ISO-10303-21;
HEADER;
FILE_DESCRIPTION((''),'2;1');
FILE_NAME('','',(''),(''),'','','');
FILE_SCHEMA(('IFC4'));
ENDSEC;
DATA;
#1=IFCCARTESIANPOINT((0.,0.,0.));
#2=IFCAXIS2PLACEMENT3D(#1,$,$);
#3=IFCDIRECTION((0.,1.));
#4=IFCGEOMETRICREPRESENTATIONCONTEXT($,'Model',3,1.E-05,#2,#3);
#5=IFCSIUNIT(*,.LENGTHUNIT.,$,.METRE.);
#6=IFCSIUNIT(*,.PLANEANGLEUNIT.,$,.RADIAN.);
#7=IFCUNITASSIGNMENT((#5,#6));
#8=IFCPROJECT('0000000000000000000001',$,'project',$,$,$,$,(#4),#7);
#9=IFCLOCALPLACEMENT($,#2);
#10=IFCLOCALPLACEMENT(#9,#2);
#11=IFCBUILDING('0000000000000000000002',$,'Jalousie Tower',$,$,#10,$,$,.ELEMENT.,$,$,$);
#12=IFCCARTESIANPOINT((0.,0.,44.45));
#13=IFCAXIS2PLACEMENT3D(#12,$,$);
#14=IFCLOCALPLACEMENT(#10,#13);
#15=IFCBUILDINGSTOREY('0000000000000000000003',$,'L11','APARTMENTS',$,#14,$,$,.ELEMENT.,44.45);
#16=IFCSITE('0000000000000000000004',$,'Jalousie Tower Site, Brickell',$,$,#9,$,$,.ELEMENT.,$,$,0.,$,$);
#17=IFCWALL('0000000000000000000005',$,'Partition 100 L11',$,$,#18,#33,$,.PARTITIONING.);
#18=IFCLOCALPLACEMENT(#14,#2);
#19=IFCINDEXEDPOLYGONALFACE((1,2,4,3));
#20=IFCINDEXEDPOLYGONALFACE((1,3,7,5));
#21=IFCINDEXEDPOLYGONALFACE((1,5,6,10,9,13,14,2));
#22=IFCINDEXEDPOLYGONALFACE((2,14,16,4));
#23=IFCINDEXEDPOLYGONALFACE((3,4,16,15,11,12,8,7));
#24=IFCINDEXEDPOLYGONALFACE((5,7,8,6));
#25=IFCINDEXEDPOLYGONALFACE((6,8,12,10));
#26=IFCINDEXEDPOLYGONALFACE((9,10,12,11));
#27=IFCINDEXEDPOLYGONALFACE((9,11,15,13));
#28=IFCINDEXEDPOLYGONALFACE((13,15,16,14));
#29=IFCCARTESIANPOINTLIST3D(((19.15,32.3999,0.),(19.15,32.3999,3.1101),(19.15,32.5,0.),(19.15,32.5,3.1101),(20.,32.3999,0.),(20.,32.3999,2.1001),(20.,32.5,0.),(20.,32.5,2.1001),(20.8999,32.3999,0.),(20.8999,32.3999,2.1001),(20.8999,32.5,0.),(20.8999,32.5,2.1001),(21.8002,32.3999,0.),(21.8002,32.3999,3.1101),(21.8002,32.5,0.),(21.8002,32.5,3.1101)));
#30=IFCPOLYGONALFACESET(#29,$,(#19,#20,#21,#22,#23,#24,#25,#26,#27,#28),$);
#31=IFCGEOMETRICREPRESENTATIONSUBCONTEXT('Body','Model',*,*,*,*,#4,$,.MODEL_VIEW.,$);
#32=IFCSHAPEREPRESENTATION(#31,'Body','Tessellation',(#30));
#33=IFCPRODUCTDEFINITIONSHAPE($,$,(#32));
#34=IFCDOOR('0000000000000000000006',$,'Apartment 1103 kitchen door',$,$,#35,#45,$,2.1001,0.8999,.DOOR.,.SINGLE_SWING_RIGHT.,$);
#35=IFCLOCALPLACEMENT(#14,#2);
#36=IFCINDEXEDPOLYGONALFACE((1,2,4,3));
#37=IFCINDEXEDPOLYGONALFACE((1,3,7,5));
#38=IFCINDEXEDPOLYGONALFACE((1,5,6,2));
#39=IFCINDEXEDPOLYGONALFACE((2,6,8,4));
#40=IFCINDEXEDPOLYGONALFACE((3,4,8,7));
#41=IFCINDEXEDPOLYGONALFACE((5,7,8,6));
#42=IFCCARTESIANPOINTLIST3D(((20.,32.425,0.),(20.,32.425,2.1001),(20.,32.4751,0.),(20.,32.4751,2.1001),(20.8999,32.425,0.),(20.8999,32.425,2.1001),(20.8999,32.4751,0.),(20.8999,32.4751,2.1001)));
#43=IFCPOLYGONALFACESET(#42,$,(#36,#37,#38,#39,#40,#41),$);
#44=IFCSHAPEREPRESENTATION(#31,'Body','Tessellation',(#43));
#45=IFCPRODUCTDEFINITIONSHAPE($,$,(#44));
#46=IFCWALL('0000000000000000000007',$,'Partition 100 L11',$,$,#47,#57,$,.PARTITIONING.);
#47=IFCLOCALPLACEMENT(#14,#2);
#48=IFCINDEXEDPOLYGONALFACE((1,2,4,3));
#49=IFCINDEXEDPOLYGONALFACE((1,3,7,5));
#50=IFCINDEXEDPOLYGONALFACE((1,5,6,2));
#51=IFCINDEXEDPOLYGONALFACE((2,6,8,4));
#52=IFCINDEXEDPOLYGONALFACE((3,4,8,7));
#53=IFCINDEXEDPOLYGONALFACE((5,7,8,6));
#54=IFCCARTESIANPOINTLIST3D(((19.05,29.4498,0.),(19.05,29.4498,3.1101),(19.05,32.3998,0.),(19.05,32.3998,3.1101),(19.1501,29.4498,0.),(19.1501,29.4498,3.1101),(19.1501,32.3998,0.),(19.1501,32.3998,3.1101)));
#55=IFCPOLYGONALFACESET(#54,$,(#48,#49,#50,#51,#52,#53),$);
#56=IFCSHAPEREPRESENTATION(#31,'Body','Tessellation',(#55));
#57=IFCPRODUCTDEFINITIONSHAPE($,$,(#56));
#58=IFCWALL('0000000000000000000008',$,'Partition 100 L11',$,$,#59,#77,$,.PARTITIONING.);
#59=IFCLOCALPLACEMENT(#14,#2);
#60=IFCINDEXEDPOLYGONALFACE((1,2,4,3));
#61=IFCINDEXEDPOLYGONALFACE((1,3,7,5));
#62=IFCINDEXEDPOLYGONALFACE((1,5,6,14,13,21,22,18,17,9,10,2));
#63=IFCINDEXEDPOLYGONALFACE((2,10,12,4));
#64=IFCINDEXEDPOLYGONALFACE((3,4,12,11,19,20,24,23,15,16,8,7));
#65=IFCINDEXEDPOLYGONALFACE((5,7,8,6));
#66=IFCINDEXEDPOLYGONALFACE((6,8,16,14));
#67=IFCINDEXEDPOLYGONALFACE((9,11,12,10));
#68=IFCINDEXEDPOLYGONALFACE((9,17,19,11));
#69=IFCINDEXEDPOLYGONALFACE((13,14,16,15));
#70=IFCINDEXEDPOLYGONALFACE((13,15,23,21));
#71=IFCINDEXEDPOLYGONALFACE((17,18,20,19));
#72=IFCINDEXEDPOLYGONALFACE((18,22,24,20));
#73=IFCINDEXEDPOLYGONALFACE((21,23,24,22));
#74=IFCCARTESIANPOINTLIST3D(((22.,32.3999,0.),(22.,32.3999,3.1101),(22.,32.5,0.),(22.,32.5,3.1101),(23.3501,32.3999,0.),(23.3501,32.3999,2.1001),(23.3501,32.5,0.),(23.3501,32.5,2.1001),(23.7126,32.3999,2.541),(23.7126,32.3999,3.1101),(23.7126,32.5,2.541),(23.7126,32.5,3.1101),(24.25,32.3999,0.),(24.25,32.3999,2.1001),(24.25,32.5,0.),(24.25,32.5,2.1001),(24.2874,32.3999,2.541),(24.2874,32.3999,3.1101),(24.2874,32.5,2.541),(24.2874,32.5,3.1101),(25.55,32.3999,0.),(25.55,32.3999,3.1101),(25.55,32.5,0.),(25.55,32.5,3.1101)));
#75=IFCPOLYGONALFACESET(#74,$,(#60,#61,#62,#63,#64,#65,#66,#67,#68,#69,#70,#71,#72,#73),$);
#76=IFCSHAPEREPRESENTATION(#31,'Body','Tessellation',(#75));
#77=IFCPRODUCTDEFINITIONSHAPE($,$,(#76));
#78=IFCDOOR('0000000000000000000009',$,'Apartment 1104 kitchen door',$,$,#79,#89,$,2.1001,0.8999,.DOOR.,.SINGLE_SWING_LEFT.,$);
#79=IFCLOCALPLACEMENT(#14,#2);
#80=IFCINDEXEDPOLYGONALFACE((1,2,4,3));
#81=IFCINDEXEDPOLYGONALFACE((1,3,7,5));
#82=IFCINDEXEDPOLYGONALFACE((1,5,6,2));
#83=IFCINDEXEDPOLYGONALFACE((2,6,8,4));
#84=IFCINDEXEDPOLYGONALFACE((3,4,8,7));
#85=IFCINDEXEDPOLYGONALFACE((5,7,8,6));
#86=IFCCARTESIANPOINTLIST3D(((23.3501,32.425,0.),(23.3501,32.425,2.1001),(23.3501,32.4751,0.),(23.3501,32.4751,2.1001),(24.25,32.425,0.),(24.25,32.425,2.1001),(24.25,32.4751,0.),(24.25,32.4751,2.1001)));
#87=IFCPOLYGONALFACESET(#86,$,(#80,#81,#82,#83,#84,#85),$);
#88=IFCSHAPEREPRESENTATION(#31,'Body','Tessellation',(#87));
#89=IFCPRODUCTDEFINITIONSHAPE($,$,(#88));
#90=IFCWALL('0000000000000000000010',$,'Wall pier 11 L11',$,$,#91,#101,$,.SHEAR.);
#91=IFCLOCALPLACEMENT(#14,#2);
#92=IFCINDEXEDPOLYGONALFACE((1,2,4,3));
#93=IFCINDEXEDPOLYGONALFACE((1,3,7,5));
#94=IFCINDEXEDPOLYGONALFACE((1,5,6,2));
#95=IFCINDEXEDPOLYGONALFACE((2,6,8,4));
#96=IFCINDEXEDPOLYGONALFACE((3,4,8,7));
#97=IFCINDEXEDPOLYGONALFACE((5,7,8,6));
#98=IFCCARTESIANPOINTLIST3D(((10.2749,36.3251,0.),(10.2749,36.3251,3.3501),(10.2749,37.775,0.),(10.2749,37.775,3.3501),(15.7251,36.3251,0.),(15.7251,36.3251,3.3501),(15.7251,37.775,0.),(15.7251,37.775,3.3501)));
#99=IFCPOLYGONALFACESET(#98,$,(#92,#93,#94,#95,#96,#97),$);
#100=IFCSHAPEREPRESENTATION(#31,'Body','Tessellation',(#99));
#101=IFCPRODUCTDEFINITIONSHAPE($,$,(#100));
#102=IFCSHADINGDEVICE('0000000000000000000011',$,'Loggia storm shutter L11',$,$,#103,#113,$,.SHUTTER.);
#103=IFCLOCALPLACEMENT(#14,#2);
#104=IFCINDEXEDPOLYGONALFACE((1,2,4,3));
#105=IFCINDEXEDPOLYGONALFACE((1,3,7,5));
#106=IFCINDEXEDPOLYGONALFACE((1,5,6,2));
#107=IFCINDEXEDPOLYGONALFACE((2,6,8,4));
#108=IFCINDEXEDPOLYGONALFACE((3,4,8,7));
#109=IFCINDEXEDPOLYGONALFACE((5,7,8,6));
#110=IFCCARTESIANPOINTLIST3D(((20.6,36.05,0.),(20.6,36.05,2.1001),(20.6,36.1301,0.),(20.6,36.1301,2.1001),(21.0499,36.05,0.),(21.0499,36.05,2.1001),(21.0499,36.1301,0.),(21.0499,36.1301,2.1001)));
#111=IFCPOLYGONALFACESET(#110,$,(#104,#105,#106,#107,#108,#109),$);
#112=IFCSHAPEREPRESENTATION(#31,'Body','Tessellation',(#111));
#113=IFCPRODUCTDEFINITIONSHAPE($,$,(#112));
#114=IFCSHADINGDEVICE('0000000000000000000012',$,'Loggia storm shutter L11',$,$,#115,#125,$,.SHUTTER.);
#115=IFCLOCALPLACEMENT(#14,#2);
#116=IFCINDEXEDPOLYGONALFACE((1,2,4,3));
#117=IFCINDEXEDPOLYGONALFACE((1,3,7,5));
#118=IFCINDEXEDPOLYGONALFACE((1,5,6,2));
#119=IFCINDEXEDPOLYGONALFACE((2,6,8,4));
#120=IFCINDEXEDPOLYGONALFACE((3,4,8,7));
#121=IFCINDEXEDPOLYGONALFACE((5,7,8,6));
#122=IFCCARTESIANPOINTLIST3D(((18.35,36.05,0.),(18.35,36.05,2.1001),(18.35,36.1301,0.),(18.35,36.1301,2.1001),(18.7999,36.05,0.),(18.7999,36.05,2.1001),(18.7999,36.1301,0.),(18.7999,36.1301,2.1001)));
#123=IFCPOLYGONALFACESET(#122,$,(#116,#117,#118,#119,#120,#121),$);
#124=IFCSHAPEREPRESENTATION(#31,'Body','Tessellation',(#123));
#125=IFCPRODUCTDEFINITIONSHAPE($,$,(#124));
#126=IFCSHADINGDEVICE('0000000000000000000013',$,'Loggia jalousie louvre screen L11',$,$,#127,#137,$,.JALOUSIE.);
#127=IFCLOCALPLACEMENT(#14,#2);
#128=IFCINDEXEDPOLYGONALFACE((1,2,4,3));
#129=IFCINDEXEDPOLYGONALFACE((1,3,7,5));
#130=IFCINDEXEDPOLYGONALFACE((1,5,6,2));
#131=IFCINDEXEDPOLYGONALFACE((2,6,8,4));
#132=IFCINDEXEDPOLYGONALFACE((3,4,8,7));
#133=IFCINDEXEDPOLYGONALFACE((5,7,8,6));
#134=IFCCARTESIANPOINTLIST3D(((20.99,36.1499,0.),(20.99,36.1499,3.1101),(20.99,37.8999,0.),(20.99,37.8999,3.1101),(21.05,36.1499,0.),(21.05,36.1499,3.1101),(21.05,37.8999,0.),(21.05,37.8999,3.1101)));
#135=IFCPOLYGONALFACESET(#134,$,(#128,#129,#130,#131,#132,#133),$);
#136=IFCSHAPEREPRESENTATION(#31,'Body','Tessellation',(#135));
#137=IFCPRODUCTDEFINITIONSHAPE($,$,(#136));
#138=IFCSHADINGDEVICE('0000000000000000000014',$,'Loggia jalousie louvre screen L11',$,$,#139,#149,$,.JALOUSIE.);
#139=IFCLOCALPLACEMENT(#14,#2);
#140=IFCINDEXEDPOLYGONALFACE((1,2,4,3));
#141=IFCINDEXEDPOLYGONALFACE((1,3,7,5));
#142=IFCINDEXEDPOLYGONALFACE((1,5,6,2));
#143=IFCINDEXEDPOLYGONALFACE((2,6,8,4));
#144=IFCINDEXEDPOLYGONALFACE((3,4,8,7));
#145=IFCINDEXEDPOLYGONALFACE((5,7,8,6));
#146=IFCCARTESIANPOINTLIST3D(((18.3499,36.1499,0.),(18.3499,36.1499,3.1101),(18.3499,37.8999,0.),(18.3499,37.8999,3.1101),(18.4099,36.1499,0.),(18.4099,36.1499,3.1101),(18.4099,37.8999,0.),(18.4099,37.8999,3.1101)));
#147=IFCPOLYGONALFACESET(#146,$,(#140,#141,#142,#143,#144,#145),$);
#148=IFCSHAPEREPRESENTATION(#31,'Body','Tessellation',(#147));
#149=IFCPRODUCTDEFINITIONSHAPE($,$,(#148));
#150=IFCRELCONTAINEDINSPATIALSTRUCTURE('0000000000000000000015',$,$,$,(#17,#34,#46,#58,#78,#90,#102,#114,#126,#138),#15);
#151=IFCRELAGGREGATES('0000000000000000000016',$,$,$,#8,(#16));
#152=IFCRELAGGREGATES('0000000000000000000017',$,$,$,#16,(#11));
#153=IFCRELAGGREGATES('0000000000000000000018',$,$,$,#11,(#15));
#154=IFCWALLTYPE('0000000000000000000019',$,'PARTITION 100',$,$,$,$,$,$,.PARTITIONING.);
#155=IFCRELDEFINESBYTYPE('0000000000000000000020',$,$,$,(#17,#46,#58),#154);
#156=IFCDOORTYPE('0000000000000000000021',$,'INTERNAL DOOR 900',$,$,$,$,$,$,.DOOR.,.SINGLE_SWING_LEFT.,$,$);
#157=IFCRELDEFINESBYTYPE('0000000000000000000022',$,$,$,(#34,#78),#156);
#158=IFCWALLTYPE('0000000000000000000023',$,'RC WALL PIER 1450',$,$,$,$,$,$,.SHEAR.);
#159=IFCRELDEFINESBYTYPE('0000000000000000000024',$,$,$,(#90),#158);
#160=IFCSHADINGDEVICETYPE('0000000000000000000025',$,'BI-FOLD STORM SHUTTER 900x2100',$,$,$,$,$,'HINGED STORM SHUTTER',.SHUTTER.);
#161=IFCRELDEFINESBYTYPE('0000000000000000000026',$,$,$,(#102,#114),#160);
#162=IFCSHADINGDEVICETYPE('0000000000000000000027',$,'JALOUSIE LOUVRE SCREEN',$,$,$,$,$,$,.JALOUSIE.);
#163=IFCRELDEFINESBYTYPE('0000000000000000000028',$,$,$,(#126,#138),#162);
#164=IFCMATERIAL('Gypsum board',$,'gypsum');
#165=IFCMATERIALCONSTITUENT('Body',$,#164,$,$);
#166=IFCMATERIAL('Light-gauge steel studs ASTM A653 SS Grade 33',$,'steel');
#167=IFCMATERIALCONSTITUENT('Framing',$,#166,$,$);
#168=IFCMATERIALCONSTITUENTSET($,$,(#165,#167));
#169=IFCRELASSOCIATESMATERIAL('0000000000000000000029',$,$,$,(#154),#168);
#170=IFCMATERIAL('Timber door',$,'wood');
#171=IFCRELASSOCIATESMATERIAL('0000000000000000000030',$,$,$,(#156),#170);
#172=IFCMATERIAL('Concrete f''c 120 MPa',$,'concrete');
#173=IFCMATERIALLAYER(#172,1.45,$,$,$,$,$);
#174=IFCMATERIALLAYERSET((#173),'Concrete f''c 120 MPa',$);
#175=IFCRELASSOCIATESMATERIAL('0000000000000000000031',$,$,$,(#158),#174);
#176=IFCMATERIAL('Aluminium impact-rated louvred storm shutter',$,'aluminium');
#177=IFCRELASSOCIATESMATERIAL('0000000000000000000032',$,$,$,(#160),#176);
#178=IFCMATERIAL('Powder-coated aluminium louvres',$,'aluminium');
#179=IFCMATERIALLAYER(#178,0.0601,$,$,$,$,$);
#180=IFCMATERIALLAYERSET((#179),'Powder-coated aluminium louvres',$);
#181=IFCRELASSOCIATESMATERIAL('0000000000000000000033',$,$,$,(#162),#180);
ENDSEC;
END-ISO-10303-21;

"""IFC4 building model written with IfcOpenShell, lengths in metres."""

from ifc_helpers import new_model, si_unit, direction, frame, frame_2d, origin, origin_2d, place, context, subcontext, project, spatial, polyline, rectangle, outline, extrude, material, layer, layer_set, constituent, constituent_set, type_object, element, fill, save


model = new_model("IFC4")

# Units and contexts
model_context = context("Model", 3, precision=1e-05, world=origin(), true_north=direction((0.0, 1.0)))
body_context = subcontext(model_context, "Body", "Model", "MODEL_VIEW")
ifc_project = project(units=[si_unit("LENGTHUNIT", "METRE"), si_unit("PLANEANGLEUNIT", "RADIAN")], contexts=[model_context])

# Site, building, storey
site_placement = place(None, origin())
site = spatial("IfcSite", under=ifc_project, at=site_placement, Name="Jalousie Tower Site, Brickell", CompositionType="ELEMENT", RefElevation=0.0)
building_placement = place(site_placement, origin())
building = spatial("IfcBuilding", under=site, at=building_placement, Name="Jalousie Tower", CompositionType="ELEMENT")
storey_placement = place(building_placement, frame((0.0, 0.0, 44.45)))
storey = spatial("IfcBuildingStorey", under=building, at=storey_placement, Name="L11", Description="APARTMENTS", CompositionType="ELEMENT", Elevation=44.45)

# Shared definitions
ifc_material_1 = material(Name="Gypsum board", Category="gypsum")
ifc_constituent_1 = constituent(ifc_material_1, Name="Body")
ifc_material_2 = material(Name="Light-gauge steel studs ASTM A653 SS Grade 33", Category="steel")
ifc_constituent_2 = constituent(ifc_material_2, Name="Framing")
ifc_constituent_set_1 = constituent_set(constituents=[ifc_constituent_1, ifc_constituent_2])
wall_type_1 = type_object("IfcWallType", Name="PARTITION 100", PredefinedType="PARTITIONING", material=ifc_constituent_set_1)
ifc_material_3 = material(Name="Timber door", Category="wood")
door_type_1 = type_object("IfcDoorType", Name="INTERNAL DOOR 900", OperationType="SINGLE_SWING_LEFT", PredefinedType="DOOR", material=ifc_material_3)

# Wall, opening, door
wall_1_placement = place(storey_placement, frame((19.1499, 32.45, 0.0), z_axis=(0.0, 0.0, 1.0), x_axis=(1.0, 0.0, 0.0)))
wall_1 = element("IfcWall", 1, at=wall_1_placement, inside=storey, type_object=wall_type_1, Name="Partition 100 L11", PredefinedType="PARTITIONING", context=body_context, shape_type="SweptSolid", body=[
    extrude(rectangle(XDim=2.6501, YDim=0.1001, at=frame_2d((1.3252, 0.0))), origin(), (0.0, 0.0, 1.0), 3.1101),
])
opening_1_placement = place(wall_1_placement, frame((0.8501, 0.0, 0.0)))
opening_1 = element("IfcOpeningElement", 2, at=opening_1_placement, cuts=wall_1, PredefinedType="OPENING", context=body_context, shape_type="SweptSolid", body=[
    extrude(rectangle(XDim=0.8999, YDim=2.1001, at=frame_2d((0.45, 1.05))), frame((0.0, 0.0601, 0.0), z_axis=(0.0, -1.0, 0.0), x_axis=(1.0, 0.0, 0.0)), (0.0, 0.0, 1.0), 0.1201),
])
door_1_placement = place(opening_1_placement, frame((0.8999, 0.0, 0.0), z_axis=(0.0, 0.0, 1.0), x_axis=(-1.0, 0.0, 0.0)))
door_1 = element("IfcDoor", 3, at=door_1_placement, inside=storey, type_object=door_type_1, Name="Apartment 1103 kitchen door", OperationType="SINGLE_SWING_RIGHT", OverallHeight=2.1001, OverallWidth=0.8999, PredefinedType="DOOR", context=body_context, shape_type="SweptSolid", body=[
    extrude(rectangle(XDim=0.8999, YDim=2.1001, at=frame_2d((0.45, 1.05))), frame((0.0, 0.0249, 0.0), z_axis=(0.0, -1.0, 0.0), x_axis=(1.0, 0.0, 0.0)), (0.0, 0.0, 1.0), 0.05),
])
fill(opening_1, door_1)

# Wall
wall_2_placement = place(storey_placement, frame((19.1001, 32.3999, 0.0), z_axis=(0.0, 0.0, 1.0), x_axis=(0.0, -1.0, 0.0)))
element("IfcWall", 4, at=wall_2_placement, inside=storey, type_object=wall_type_1, Name="Partition 100 L11", PredefinedType="PARTITIONING", context=body_context, shape_type="SweptSolid", body=[
    extrude(rectangle(XDim=2.95, YDim=0.1001, at=frame_2d((1.4751, 0.0))), origin(), (0.0, 0.0, 1.0), 3.1101),
])

# Wall, opening, door
wall_3_placement = place(storey_placement, frame((22.0, 32.45, 0.0), z_axis=(0.0, 0.0, 1.0), x_axis=(1.0, 0.0, 0.0)))
wall_3 = element("IfcWall", 5, at=wall_3_placement, inside=storey, type_object=wall_type_1, Name="Partition 100 L11", PredefinedType="PARTITIONING", context=body_context, shape_type="SweptSolid", body=[
    extrude(outline(polyline([(0.0, 0.0), (3.55, 0.0), (3.55, 3.1101), (2.2874, 3.1101), (2.2874, 2.541), (1.7126, 2.541), (1.7126, 3.1101), (0.0, 3.1101), (0.0, 0.0)])), frame((0.0, 0.05, 0.0), z_axis=(0.0, -1.0, 0.0), x_axis=(1.0, 0.0, 0.0)), (0.0, 0.0, 1.0), 0.1001),
])
opening_2_placement = place(wall_3_placement, frame((1.3501, 0.0, 0.0)))
opening_2 = element("IfcOpeningElement", 6, at=opening_2_placement, cuts=wall_3, PredefinedType="OPENING", context=body_context, shape_type="SweptSolid", body=[
    extrude(rectangle(XDim=0.8999, YDim=2.1001, at=frame_2d((0.45, 1.05))), frame((0.0, 0.0601, 0.0), z_axis=(0.0, -1.0, 0.0), x_axis=(1.0, 0.0, 0.0)), (0.0, 0.0, 1.0), 0.1201),
])
door_2_placement = place(opening_2_placement, frame((0.8999, 0.0, 0.0), z_axis=(0.0, 0.0, 1.0), x_axis=(-1.0, 0.0, 0.0)))
door_2 = element("IfcDoor", 7, at=door_2_placement, inside=storey, type_object=door_type_1, Name="Apartment 1104 kitchen door", OperationType="SINGLE_SWING_LEFT", OverallHeight=2.1001, OverallWidth=0.8999, PredefinedType="DOOR", context=body_context, shape_type="SweptSolid", body=[
    extrude(rectangle(XDim=0.8999, YDim=2.1001, at=frame_2d((0.45, 1.05))), frame((0.0, 0.0249, 0.0), z_axis=(0.0, -1.0, 0.0), x_axis=(1.0, 0.0, 0.0)), (0.0, 0.0, 1.0), 0.05),
])
fill(opening_2, door_2)

# Wall
ifc_material_4 = material(Name="Concrete f'c 120 MPa", Category="concrete")
ifc_layer_1 = layer(ifc_material_4, 1.45)
ifc_layer_set_1 = layer_set([ifc_layer_1], Name="Concrete f'c 120 MPa")
wall_type_2 = type_object("IfcWallType", Name="RC WALL PIER 1450", PredefinedType="SHEAR", material=ifc_layer_set_1)
wall_4_placement = place(storey_placement, frame((10.2749, 37.05, 0.0), z_axis=(0.0, 0.0, 1.0), x_axis=(1.0, 0.0, 0.0)))
element("IfcWall", 8, at=wall_4_placement, inside=storey, type_object=wall_type_2, Name="Wall pier 11 L11", PredefinedType="SHEAR", context=body_context, shape_type="SweptSolid", body=[
    extrude(rectangle(XDim=5.4502, YDim=1.45, at=frame_2d((2.7251, 0.0))), origin(), (0.0, 0.0, 1.0), 3.3501),
])

# Shading devices
ifc_material_5 = material(Name="Aluminium impact-rated louvred storm shutter", Category="aluminium")
shading_device_type_1 = type_object("IfcShadingDeviceType", Name="BI-FOLD STORM SHUTTER 900x2100", ElementType="HINGED STORM SHUTTER", PredefinedType="SHUTTER", material=ifc_material_5)
for number, where, z_axis, x_axis, name in (
    (9, (20.825, 36.0901, 0.0), (0.0, 0.0, 1.0), (-1.0, 0.0, 0.0), "Loggia storm shutter L11"),
    (10, (18.575, 36.0901, 0.0), (0.0, 0.0, 1.0), (-1.0, 0.0, 0.0), "Loggia storm shutter L11"),
):
    element("IfcShadingDevice", number, at=place(storey_placement, frame(where, z_axis=z_axis, x_axis=x_axis)), inside=storey, type_object=shading_device_type_1, Name=name, PredefinedType="SHUTTER", context=body_context, shape_type="SweptSolid", body=[
        extrude(rectangle(XDim=0.45, YDim=0.0801, at=origin_2d()), origin(), (0.0, 0.0, 1.0), 2.1001),
    ])
ifc_material_6 = material(Name="Powder-coated aluminium louvres", Category="aluminium")
ifc_layer_2 = layer(ifc_material_6, 0.0601)
ifc_layer_set_2 = layer_set([ifc_layer_2], Name="Powder-coated aluminium louvres")
shading_device_type_2 = type_object("IfcShadingDeviceType", Name="JALOUSIE LOUVRE SCREEN", PredefinedType="JALOUSIE", material=ifc_layer_set_2)
for number, where, z_axis, x_axis, name in (
    (11, (21.02, 37.0249, 0.0), (0.0, 0.0, 1.0), (-1.0, 0.0, 0.0), "Loggia jalousie louvre screen L11"),
    (12, (18.3799, 37.0249, 0.0), (0.0, 0.0, 1.0), (-1.0, 0.0, 0.0), "Loggia jalousie louvre screen L11"),
):
    element("IfcShadingDevice", number, at=place(storey_placement, frame(where, z_axis=z_axis, x_axis=x_axis)), inside=storey, type_object=shading_device_type_2, Name=name, PredefinedType="JALOUSIE", context=body_context, shape_type="SweptSolid", body=[
        extrude(rectangle(XDim=0.0601, YDim=1.75, at=origin_2d()), origin(), (0.0, 0.0, 1.0), 3.1101),
    ])

save(model, "model.ifc")
